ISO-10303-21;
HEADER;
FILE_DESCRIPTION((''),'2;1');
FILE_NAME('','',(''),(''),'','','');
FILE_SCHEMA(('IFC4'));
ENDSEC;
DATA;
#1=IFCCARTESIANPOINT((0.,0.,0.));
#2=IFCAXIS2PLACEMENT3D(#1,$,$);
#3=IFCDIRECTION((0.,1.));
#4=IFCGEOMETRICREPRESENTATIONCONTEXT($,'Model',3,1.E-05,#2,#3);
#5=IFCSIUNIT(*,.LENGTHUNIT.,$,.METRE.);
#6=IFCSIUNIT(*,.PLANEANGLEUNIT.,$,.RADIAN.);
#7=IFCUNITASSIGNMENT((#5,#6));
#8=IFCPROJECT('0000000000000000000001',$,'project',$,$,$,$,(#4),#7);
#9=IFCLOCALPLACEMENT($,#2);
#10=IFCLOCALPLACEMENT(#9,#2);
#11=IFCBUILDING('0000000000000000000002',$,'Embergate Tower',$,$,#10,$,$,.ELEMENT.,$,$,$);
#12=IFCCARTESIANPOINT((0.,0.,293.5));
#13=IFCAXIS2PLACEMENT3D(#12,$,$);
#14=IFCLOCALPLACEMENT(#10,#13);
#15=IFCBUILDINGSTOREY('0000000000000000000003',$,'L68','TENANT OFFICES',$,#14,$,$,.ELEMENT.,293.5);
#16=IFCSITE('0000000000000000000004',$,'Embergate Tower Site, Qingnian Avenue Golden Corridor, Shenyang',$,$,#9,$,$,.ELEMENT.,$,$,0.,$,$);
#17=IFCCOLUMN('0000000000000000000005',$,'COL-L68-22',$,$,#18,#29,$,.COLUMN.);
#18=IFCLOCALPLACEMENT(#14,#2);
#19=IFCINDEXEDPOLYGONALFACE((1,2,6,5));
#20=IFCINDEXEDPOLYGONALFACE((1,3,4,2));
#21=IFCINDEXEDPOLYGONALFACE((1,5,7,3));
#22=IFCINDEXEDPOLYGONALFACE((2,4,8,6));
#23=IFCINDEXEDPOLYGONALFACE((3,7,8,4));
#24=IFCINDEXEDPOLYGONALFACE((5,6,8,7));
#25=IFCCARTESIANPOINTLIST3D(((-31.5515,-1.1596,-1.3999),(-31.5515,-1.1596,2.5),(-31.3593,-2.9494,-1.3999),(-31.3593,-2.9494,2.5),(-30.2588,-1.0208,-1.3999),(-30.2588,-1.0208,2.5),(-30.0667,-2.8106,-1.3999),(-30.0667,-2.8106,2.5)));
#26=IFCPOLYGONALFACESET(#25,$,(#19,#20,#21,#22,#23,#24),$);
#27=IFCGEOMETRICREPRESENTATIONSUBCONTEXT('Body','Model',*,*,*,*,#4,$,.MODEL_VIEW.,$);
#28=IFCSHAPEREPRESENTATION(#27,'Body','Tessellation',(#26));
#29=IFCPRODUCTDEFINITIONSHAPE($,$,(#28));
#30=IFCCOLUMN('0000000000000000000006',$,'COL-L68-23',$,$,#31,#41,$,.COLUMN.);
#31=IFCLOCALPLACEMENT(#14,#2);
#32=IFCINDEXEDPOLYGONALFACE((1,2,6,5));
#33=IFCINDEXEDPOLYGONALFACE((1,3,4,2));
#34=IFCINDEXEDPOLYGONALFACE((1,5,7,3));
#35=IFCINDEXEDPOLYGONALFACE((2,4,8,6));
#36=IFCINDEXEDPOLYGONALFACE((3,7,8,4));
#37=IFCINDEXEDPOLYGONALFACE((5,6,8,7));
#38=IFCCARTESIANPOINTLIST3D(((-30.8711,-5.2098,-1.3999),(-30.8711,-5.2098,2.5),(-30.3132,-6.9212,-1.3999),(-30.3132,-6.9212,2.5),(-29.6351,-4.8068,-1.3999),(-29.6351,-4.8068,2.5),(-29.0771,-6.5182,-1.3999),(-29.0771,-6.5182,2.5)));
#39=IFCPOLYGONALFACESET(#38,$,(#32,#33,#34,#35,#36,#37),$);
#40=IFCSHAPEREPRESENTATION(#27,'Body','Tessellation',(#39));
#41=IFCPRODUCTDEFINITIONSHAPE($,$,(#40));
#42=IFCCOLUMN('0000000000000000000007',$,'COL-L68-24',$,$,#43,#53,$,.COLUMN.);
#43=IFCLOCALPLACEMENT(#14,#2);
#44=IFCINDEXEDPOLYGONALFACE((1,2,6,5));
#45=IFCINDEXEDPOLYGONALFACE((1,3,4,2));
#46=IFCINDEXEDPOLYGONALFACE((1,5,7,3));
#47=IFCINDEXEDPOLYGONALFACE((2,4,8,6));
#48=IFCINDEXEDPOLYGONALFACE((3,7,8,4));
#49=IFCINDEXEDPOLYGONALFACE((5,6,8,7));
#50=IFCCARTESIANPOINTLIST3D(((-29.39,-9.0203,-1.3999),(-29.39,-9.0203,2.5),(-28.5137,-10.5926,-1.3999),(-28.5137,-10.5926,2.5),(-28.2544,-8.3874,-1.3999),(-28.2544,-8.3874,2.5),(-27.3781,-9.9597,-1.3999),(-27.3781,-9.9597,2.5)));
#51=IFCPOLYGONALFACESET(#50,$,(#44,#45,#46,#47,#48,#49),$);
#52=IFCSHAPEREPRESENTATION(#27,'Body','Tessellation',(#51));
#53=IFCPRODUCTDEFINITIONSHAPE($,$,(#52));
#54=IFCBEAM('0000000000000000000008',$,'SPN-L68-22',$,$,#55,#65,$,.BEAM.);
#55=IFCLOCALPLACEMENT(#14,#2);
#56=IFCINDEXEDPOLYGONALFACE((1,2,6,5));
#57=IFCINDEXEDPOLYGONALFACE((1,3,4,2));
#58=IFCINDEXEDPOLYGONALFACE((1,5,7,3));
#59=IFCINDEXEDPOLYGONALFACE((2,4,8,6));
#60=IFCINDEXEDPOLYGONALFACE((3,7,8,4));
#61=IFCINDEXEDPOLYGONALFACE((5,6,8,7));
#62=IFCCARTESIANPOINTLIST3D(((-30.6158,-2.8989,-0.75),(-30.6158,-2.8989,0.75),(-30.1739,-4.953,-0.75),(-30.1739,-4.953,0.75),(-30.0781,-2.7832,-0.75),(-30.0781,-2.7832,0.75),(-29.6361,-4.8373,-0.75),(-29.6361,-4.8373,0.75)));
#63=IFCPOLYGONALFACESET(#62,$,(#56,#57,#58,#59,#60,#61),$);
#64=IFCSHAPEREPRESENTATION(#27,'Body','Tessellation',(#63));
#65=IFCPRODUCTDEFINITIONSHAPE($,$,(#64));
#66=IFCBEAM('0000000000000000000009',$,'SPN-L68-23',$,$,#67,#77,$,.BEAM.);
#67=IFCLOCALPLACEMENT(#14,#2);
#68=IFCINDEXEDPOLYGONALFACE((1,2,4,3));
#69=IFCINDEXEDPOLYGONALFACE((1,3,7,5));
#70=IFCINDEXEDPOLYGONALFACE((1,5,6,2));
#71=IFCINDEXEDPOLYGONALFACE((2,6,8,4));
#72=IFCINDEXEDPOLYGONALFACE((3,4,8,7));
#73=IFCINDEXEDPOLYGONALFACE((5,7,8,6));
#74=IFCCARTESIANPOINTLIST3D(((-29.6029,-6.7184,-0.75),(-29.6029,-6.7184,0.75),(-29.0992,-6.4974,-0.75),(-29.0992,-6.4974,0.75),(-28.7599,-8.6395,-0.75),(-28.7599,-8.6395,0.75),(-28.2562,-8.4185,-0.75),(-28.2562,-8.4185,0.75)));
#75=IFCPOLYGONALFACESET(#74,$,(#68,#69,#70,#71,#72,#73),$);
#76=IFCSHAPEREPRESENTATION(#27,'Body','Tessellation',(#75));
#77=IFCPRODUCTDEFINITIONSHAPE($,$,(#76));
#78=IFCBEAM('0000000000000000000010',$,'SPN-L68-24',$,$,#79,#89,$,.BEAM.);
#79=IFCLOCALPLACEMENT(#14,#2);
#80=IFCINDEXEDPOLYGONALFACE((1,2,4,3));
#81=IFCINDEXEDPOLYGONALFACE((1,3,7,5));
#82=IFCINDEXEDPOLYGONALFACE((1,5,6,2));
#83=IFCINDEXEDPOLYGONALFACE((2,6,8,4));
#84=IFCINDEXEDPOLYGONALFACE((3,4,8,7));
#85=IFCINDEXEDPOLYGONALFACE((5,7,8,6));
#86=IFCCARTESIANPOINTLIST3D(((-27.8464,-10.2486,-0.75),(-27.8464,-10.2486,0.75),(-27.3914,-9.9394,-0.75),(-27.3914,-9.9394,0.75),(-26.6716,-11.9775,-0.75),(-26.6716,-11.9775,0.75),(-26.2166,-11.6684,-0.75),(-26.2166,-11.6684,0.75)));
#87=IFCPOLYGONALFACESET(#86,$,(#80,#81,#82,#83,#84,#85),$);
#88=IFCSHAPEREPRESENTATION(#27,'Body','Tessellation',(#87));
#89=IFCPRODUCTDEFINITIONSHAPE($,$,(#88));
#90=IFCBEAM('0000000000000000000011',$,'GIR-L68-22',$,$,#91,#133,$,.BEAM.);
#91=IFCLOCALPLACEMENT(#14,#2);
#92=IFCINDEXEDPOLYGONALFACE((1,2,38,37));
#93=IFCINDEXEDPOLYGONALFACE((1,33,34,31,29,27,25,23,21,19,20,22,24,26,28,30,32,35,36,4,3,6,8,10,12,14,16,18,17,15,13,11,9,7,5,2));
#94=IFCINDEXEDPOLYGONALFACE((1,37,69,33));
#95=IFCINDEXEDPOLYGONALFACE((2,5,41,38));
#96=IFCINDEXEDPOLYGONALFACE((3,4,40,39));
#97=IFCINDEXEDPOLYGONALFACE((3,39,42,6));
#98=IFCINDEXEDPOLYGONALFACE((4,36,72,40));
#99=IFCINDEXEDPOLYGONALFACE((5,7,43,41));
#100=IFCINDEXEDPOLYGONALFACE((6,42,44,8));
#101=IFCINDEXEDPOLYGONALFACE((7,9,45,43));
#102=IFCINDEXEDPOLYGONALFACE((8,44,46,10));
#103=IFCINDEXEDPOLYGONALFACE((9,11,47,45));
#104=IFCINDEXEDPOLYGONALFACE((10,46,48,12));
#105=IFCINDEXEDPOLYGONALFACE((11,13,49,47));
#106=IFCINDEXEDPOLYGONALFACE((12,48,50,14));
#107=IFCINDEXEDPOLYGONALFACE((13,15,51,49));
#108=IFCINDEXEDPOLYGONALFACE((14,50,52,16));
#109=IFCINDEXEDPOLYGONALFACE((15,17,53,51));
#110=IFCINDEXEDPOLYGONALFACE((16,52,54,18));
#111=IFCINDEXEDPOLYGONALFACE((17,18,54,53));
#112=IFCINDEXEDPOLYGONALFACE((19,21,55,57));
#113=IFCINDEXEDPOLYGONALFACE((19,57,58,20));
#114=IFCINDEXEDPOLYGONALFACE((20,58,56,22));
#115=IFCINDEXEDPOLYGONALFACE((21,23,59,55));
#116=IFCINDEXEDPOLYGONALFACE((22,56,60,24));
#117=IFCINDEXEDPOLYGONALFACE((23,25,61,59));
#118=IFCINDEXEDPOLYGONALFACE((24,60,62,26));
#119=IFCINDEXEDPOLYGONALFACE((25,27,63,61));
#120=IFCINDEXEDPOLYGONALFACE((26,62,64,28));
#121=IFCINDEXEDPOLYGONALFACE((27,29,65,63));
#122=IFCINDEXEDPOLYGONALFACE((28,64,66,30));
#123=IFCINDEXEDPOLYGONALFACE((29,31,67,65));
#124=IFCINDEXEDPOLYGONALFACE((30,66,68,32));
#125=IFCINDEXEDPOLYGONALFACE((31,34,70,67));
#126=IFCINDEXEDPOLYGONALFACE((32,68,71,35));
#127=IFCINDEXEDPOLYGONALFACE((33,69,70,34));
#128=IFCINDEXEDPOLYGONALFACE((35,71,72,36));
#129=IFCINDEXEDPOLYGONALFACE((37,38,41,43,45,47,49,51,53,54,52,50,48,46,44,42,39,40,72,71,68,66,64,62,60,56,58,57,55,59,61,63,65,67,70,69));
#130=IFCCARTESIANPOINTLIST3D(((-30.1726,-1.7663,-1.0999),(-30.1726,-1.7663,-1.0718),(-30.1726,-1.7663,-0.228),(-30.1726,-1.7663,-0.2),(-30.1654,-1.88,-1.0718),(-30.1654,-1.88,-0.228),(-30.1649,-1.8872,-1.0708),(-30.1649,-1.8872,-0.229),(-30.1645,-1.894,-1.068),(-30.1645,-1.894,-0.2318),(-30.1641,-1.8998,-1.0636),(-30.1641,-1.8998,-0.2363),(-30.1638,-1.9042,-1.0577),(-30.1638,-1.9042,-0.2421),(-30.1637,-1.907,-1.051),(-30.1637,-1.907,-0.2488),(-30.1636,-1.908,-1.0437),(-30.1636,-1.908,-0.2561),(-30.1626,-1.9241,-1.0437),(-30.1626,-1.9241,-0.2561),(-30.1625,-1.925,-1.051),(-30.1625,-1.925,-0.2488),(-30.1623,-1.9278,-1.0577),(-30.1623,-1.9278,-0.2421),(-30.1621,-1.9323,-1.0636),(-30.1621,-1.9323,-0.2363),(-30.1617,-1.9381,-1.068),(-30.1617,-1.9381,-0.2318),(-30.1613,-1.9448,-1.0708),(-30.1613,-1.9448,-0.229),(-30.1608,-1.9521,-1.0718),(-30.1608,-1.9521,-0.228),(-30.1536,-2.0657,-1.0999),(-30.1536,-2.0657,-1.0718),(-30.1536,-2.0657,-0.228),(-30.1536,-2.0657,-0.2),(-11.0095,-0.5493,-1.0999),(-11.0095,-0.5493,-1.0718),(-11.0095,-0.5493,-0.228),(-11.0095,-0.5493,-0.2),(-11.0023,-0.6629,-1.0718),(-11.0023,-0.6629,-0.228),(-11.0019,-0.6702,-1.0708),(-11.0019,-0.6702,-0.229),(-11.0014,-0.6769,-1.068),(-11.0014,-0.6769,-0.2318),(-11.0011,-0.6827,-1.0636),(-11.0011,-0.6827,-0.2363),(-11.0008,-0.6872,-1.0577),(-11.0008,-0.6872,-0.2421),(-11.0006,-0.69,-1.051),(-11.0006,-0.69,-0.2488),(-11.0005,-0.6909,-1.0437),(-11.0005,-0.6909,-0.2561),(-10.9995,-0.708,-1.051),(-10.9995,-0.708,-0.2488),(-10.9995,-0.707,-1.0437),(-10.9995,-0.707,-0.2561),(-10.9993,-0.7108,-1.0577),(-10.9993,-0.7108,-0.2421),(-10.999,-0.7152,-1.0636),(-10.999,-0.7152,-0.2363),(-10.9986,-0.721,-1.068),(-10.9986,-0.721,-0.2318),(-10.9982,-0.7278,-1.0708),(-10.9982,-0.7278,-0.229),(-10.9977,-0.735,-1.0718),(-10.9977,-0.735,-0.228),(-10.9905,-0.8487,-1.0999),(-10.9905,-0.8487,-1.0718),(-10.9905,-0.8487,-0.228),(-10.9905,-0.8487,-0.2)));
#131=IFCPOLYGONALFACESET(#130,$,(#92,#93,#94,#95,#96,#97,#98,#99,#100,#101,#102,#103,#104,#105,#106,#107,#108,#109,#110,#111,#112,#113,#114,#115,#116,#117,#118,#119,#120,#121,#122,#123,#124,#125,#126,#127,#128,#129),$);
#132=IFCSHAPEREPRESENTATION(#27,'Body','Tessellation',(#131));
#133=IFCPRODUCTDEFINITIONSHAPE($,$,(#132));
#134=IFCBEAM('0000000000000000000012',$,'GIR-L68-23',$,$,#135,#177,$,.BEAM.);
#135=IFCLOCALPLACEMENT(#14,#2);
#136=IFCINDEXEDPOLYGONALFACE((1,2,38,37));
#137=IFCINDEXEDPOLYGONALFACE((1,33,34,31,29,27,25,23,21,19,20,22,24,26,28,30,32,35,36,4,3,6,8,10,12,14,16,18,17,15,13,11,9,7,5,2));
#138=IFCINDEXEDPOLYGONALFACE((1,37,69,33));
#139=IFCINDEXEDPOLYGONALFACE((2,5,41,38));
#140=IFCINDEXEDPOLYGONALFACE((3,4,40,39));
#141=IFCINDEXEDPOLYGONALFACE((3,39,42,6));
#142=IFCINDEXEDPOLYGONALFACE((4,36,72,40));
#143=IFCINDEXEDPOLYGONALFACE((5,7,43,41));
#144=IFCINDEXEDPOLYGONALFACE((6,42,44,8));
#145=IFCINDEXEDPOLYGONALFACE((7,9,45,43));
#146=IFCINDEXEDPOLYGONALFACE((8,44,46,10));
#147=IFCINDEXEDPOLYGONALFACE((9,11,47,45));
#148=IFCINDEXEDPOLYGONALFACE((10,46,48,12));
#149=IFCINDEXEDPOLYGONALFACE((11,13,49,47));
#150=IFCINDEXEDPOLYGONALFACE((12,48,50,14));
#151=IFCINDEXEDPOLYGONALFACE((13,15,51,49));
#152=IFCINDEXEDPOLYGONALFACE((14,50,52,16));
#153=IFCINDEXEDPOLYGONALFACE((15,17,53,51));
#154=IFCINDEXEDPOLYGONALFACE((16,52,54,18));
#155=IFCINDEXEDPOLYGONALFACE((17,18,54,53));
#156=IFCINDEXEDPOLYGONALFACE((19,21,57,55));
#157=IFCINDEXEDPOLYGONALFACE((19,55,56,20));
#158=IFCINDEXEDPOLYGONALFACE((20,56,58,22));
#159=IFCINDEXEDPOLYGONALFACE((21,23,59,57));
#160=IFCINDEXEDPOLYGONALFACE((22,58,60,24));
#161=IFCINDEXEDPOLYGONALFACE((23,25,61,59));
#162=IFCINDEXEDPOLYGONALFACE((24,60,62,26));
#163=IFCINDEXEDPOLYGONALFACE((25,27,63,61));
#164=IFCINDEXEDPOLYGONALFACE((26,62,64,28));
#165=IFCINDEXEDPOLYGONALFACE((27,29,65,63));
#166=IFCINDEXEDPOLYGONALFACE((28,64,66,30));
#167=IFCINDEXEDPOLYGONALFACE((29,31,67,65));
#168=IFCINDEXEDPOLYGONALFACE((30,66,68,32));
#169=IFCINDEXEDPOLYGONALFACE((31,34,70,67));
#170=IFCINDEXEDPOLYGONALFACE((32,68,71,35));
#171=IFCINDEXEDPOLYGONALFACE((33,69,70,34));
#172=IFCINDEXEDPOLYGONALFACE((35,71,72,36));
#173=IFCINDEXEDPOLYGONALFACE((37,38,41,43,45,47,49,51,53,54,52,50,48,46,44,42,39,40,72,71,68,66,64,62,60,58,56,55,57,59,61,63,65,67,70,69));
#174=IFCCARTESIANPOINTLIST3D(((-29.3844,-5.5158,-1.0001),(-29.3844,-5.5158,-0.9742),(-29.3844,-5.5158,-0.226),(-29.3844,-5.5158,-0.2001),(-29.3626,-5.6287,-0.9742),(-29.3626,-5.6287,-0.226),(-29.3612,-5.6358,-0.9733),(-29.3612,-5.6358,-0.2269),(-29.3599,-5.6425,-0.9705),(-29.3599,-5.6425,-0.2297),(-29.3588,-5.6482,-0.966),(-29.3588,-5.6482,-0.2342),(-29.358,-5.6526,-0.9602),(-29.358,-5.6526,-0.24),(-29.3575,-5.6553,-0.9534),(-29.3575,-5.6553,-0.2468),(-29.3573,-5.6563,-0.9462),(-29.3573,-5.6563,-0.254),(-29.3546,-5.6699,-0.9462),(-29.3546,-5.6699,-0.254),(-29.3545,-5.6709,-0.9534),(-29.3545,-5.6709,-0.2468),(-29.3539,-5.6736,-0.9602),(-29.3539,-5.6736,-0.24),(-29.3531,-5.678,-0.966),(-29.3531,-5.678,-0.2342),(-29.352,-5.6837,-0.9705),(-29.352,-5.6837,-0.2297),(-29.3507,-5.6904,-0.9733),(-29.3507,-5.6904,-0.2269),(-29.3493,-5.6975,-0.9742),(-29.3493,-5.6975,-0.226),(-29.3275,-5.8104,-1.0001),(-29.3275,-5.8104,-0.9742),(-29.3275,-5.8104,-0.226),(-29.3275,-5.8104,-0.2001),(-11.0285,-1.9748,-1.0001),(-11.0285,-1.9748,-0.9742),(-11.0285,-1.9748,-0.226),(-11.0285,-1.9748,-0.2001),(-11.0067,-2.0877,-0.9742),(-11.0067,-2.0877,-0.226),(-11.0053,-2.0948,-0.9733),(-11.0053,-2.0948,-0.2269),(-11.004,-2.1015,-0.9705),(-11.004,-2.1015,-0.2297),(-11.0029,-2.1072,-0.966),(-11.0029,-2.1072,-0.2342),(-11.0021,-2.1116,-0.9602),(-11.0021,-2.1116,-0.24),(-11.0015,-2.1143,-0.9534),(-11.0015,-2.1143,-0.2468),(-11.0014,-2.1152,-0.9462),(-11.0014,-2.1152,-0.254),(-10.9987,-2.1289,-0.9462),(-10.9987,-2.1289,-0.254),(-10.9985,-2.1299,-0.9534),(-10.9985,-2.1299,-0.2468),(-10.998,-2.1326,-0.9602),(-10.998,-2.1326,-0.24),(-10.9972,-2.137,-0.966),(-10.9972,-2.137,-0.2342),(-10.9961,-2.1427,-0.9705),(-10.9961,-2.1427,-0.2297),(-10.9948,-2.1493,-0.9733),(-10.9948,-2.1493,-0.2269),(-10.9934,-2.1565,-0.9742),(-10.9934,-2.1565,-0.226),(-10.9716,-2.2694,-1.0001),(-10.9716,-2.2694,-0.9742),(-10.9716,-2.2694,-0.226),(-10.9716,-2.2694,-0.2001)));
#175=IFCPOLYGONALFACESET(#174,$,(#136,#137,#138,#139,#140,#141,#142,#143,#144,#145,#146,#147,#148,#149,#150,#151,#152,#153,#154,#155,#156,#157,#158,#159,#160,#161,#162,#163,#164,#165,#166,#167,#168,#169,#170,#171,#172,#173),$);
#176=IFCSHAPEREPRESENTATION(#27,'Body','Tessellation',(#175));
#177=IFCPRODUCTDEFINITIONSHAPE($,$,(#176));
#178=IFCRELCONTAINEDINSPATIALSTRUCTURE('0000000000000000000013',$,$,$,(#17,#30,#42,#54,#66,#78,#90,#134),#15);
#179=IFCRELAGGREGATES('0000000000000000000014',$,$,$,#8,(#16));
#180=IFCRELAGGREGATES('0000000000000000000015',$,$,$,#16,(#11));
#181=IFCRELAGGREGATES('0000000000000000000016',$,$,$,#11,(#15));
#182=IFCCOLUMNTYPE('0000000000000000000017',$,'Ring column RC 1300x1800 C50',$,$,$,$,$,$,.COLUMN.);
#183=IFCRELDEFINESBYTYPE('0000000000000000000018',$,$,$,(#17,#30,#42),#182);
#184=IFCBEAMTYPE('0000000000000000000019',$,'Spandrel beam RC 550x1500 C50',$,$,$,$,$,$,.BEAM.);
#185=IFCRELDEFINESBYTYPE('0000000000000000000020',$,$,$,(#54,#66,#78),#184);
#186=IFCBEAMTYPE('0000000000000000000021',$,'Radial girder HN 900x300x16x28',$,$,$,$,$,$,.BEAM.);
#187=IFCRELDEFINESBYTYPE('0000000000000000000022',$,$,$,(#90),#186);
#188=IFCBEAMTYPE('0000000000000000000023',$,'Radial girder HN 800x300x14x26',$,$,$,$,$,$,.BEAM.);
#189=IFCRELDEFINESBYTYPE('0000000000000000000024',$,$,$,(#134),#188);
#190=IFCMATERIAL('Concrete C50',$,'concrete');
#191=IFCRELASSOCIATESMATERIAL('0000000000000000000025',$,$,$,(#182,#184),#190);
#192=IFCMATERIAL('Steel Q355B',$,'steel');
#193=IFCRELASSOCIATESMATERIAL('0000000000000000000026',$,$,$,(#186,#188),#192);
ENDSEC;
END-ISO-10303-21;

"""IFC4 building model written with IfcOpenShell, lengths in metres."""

from ifc_helpers import new_model, si_unit, direction, frame, origin, origin_2d, place, context, subcontext, project, spatial, rectangle, i_section, extrude, source, transform, mapped, material, material_profile, profile_set, type_object, element, save


model = new_model("IFC4")

# Units and contexts
model_context = context("Model", 3, precision=1e-05, world=origin(), true_north=direction((0.0, 1.0)))
body_context = subcontext(model_context, "Body", "Model", "MODEL_VIEW")
ifc_project = project(units=[si_unit("LENGTHUNIT", "METRE"), si_unit("PLANEANGLEUNIT", "RADIAN")], contexts=[model_context])

# Site, building, storey
site_placement = place(None, origin())
site = spatial("IfcSite", under=ifc_project, at=site_placement, Name="Embergate Tower Site, Qingnian Avenue Golden Corridor, Shenyang", CompositionType="ELEMENT", RefElevation=0.0)
building_placement = place(site_placement, origin())
building = spatial("IfcBuilding", under=site, at=building_placement, Name="Embergate Tower", CompositionType="ELEMENT")
storey_placement = place(building_placement, frame((0.0, 0.0, 293.5)))
storey = spatial("IfcBuildingStorey", under=building, at=storey_placement, Name="L68", Description="TENANT OFFICES", CompositionType="ELEMENT", Elevation=293.5)

# Columns
ifc_material_1 = material(Name="Concrete C50", Category="concrete")
ifc_material_profile_1 = material_profile(ifc_material_1, rectangle(XDim=1.3, YDim=1.8, at=origin_2d()), Name="RC 1300x1800")
ifc_profile_set_1 = profile_set([ifc_material_profile_1], Name="Concrete C50")
column_type = type_object("IfcColumnType", Name="Ring column RC 1300x1800 C50", PredefinedType="COLUMN", material=ifc_profile_set_1)
shared_shape_1 = source(origin(), body_context, "Body", "SweptSolid", [
    extrude(rectangle(XDim=1.3, YDim=1.8, at=origin_2d()), origin(), (0.0, 0.0, 1.0), 3.8999),
])
for number, where, z_axis, x_axis, name in (
    (1, (-30.8091, -1.9851, -1.3999), (0.0, 0.0, 1.0), (-0.994286, -0.10675, 0.0), "COL-L68-22"),
    (2, (-29.9741, -5.864, -1.3999), (0.0, 0.0, 1.0), (-0.950754, -0.309946, 0.0), "COL-L68-23"),
    (3, (-28.384, -9.49, -1.3999), (0.0, 0.0, 1.0), (-0.8735, -0.486823, 0.0), "COL-L68-24"),
):
    element("IfcColumn", number, at=place(storey_placement, frame(where, z_axis=z_axis, x_axis=x_axis)), inside=storey, type_object=column_type, Name=name, PredefinedType="COLUMN", context=body_context, shape_type="MappedRepresentation", body=[
        mapped(shared_shape_1, transform((0.0, 0.0, 0.0))),
    ])

# Beams
ifc_material_profile_2 = material_profile(ifc_material_1, rectangle(XDim=0.55, YDim=1.5, at=origin_2d()), Name="RC 550x1500")
ifc_profile_set_2 = profile_set([ifc_material_profile_2], Name="Concrete C50")
beam_type_1 = type_object("IfcBeamType", Name="Spandrel beam RC 550x1500 C50", PredefinedType="BEAM", material=ifc_profile_set_2)
shared_shape_2 = source(origin(), body_context, "Body", "SweptSolid", [
    extrude(rectangle(XDim=0.55, YDim=1.5, at=origin_2d()), origin(), (0.0, 0.0, 1.0), 2.1011),
])
beam_1_placement = place(storey_placement, frame((-30.3469, -2.8411, 0.0), z_axis=(0.210331, -0.97763, 0.0), x_axis=(0.97763, 0.210331, 0.0)))
element("IfcBeam", 4, at=beam_1_placement, inside=storey, type_object=beam_type_1, Name="SPN-L68-22", PredefinedType="BEAM", context=body_context, shape_type="MappedRepresentation", body=[
    mapped(shared_shape_2, transform((0.0, 0.0, 0.0))),
])
shared_shape_3 = source(origin(), body_context, "Body", "SweptSolid", [
    extrude(rectangle(XDim=0.55, YDim=1.5, at=origin_2d()), origin(), (0.0, 0.0, 1.0), 2.0979),
])
beam_2_placement = place(storey_placement, frame((-29.3511, -6.6079, 0.0), z_axis=(0.401826, -0.915716, 0.0), x_axis=(0.915716, 0.401826, 0.0)))
element("IfcBeam", 5, at=beam_2_placement, inside=storey, type_object=beam_type_1, Name="SPN-L68-23", PredefinedType="BEAM", context=body_context, shape_type="MappedRepresentation", body=[
    mapped(shared_shape_3, transform((0.0, 0.0, 0.0))),
])
shared_shape_4 = source(origin(), body_context, "Body", "SweptSolid", [
    extrude(rectangle(XDim=0.55, YDim=1.5, at=origin_2d()), origin(), (0.0, 0.0, 1.0), 2.0903),
])
beam_3_placement = place(storey_placement, frame((-27.6189, -10.094, 0.0), z_axis=(0.56201, -0.827131, 0.0), x_axis=(0.827131, 0.56201, 0.0)))
element("IfcBeam", 6, at=beam_3_placement, inside=storey, type_object=beam_type_1, Name="SPN-L68-24", PredefinedType="BEAM", context=body_context, shape_type="MappedRepresentation", body=[
    mapped(shared_shape_4, transform((0.0, 0.0, 0.0))),
])
ifc_material_2 = material(Name="Steel Q355B", Category="steel")
ifc_material_profile_3 = material_profile(ifc_material_2, i_section(OverallWidth=0.3, OverallDepth=0.8999, WebThickness=0.0161, FlangeThickness=0.0281, FilletRadius=0.0281, at=origin_2d()), Name="HN 900x300x16x28")
ifc_profile_set_3 = profile_set([ifc_material_profile_3], Name="Steel Q355 grade B")
beam_type_2 = type_object("IfcBeamType", Name="Radial girder HN 900x300x16x28", PredefinedType="BEAM", material=ifc_profile_set_3)
shared_shape_5 = source(origin(), body_context, "Body", "SweptSolid", [
    extrude(i_section(OverallWidth=0.3, OverallDepth=0.8999, WebThickness=0.0161, FlangeThickness=0.0281, FilletRadius=0.0281, at=origin_2d()), origin(), (0.0, 0.0, 1.0), 19.2017),
])
beam_4_placement = place(storey_placement, frame((-30.1631, -1.916, -0.6499), z_axis=(0.997989, 0.063382, 0.0), x_axis=(-0.063382, 0.997989, 0.0)))
element("IfcBeam", 7, at=beam_4_placement, inside=storey, type_object=beam_type_2, Name="GIR-L68-22", PredefinedType="BEAM", context=body_context, shape_type="MappedRepresentation", body=[
    mapped(shared_shape_5, transform((0.0, 0.0, 0.0))),
])
ifc_material_profile_4 = material_profile(ifc_material_2, i_section(OverallWidth=0.3, OverallDepth=0.8, WebThickness=0.0139, FlangeThickness=0.0259, FilletRadius=0.0281, at=origin_2d()), Name="HN 800x300x14x26")
ifc_profile_set_4 = profile_set([ifc_material_profile_4], Name="Steel Q355 grade B")
beam_type_3 = type_object("IfcBeamType", Name="Radial girder HN 800x300x14x26", PredefinedType="BEAM", material=ifc_profile_set_4)
shared_shape_6 = source(origin(), body_context, "Body", "SweptSolid", [
    extrude(i_section(OverallWidth=0.3, OverallDepth=0.8, WebThickness=0.0139, FlangeThickness=0.0259, FilletRadius=0.0281, at=origin_2d()), origin(), (0.0, 0.0, 1.0), 18.6943),
])
beam_5_placement = place(storey_placement, frame((-29.356, -5.6631, -0.6001), z_axis=(0.981897, 0.189416, 0.0), x_axis=(-0.189416, 0.981897, 0.0)))
element("IfcBeam", 8, at=beam_5_placement, inside=storey, type_object=beam_type_3, Name="GIR-L68-23", PredefinedType="BEAM", context=body_context, shape_type="MappedRepresentation", body=[
    mapped(shared_shape_6, transform((0.0, 0.0, 0.0))),
])

save(model, "model.ifc")
